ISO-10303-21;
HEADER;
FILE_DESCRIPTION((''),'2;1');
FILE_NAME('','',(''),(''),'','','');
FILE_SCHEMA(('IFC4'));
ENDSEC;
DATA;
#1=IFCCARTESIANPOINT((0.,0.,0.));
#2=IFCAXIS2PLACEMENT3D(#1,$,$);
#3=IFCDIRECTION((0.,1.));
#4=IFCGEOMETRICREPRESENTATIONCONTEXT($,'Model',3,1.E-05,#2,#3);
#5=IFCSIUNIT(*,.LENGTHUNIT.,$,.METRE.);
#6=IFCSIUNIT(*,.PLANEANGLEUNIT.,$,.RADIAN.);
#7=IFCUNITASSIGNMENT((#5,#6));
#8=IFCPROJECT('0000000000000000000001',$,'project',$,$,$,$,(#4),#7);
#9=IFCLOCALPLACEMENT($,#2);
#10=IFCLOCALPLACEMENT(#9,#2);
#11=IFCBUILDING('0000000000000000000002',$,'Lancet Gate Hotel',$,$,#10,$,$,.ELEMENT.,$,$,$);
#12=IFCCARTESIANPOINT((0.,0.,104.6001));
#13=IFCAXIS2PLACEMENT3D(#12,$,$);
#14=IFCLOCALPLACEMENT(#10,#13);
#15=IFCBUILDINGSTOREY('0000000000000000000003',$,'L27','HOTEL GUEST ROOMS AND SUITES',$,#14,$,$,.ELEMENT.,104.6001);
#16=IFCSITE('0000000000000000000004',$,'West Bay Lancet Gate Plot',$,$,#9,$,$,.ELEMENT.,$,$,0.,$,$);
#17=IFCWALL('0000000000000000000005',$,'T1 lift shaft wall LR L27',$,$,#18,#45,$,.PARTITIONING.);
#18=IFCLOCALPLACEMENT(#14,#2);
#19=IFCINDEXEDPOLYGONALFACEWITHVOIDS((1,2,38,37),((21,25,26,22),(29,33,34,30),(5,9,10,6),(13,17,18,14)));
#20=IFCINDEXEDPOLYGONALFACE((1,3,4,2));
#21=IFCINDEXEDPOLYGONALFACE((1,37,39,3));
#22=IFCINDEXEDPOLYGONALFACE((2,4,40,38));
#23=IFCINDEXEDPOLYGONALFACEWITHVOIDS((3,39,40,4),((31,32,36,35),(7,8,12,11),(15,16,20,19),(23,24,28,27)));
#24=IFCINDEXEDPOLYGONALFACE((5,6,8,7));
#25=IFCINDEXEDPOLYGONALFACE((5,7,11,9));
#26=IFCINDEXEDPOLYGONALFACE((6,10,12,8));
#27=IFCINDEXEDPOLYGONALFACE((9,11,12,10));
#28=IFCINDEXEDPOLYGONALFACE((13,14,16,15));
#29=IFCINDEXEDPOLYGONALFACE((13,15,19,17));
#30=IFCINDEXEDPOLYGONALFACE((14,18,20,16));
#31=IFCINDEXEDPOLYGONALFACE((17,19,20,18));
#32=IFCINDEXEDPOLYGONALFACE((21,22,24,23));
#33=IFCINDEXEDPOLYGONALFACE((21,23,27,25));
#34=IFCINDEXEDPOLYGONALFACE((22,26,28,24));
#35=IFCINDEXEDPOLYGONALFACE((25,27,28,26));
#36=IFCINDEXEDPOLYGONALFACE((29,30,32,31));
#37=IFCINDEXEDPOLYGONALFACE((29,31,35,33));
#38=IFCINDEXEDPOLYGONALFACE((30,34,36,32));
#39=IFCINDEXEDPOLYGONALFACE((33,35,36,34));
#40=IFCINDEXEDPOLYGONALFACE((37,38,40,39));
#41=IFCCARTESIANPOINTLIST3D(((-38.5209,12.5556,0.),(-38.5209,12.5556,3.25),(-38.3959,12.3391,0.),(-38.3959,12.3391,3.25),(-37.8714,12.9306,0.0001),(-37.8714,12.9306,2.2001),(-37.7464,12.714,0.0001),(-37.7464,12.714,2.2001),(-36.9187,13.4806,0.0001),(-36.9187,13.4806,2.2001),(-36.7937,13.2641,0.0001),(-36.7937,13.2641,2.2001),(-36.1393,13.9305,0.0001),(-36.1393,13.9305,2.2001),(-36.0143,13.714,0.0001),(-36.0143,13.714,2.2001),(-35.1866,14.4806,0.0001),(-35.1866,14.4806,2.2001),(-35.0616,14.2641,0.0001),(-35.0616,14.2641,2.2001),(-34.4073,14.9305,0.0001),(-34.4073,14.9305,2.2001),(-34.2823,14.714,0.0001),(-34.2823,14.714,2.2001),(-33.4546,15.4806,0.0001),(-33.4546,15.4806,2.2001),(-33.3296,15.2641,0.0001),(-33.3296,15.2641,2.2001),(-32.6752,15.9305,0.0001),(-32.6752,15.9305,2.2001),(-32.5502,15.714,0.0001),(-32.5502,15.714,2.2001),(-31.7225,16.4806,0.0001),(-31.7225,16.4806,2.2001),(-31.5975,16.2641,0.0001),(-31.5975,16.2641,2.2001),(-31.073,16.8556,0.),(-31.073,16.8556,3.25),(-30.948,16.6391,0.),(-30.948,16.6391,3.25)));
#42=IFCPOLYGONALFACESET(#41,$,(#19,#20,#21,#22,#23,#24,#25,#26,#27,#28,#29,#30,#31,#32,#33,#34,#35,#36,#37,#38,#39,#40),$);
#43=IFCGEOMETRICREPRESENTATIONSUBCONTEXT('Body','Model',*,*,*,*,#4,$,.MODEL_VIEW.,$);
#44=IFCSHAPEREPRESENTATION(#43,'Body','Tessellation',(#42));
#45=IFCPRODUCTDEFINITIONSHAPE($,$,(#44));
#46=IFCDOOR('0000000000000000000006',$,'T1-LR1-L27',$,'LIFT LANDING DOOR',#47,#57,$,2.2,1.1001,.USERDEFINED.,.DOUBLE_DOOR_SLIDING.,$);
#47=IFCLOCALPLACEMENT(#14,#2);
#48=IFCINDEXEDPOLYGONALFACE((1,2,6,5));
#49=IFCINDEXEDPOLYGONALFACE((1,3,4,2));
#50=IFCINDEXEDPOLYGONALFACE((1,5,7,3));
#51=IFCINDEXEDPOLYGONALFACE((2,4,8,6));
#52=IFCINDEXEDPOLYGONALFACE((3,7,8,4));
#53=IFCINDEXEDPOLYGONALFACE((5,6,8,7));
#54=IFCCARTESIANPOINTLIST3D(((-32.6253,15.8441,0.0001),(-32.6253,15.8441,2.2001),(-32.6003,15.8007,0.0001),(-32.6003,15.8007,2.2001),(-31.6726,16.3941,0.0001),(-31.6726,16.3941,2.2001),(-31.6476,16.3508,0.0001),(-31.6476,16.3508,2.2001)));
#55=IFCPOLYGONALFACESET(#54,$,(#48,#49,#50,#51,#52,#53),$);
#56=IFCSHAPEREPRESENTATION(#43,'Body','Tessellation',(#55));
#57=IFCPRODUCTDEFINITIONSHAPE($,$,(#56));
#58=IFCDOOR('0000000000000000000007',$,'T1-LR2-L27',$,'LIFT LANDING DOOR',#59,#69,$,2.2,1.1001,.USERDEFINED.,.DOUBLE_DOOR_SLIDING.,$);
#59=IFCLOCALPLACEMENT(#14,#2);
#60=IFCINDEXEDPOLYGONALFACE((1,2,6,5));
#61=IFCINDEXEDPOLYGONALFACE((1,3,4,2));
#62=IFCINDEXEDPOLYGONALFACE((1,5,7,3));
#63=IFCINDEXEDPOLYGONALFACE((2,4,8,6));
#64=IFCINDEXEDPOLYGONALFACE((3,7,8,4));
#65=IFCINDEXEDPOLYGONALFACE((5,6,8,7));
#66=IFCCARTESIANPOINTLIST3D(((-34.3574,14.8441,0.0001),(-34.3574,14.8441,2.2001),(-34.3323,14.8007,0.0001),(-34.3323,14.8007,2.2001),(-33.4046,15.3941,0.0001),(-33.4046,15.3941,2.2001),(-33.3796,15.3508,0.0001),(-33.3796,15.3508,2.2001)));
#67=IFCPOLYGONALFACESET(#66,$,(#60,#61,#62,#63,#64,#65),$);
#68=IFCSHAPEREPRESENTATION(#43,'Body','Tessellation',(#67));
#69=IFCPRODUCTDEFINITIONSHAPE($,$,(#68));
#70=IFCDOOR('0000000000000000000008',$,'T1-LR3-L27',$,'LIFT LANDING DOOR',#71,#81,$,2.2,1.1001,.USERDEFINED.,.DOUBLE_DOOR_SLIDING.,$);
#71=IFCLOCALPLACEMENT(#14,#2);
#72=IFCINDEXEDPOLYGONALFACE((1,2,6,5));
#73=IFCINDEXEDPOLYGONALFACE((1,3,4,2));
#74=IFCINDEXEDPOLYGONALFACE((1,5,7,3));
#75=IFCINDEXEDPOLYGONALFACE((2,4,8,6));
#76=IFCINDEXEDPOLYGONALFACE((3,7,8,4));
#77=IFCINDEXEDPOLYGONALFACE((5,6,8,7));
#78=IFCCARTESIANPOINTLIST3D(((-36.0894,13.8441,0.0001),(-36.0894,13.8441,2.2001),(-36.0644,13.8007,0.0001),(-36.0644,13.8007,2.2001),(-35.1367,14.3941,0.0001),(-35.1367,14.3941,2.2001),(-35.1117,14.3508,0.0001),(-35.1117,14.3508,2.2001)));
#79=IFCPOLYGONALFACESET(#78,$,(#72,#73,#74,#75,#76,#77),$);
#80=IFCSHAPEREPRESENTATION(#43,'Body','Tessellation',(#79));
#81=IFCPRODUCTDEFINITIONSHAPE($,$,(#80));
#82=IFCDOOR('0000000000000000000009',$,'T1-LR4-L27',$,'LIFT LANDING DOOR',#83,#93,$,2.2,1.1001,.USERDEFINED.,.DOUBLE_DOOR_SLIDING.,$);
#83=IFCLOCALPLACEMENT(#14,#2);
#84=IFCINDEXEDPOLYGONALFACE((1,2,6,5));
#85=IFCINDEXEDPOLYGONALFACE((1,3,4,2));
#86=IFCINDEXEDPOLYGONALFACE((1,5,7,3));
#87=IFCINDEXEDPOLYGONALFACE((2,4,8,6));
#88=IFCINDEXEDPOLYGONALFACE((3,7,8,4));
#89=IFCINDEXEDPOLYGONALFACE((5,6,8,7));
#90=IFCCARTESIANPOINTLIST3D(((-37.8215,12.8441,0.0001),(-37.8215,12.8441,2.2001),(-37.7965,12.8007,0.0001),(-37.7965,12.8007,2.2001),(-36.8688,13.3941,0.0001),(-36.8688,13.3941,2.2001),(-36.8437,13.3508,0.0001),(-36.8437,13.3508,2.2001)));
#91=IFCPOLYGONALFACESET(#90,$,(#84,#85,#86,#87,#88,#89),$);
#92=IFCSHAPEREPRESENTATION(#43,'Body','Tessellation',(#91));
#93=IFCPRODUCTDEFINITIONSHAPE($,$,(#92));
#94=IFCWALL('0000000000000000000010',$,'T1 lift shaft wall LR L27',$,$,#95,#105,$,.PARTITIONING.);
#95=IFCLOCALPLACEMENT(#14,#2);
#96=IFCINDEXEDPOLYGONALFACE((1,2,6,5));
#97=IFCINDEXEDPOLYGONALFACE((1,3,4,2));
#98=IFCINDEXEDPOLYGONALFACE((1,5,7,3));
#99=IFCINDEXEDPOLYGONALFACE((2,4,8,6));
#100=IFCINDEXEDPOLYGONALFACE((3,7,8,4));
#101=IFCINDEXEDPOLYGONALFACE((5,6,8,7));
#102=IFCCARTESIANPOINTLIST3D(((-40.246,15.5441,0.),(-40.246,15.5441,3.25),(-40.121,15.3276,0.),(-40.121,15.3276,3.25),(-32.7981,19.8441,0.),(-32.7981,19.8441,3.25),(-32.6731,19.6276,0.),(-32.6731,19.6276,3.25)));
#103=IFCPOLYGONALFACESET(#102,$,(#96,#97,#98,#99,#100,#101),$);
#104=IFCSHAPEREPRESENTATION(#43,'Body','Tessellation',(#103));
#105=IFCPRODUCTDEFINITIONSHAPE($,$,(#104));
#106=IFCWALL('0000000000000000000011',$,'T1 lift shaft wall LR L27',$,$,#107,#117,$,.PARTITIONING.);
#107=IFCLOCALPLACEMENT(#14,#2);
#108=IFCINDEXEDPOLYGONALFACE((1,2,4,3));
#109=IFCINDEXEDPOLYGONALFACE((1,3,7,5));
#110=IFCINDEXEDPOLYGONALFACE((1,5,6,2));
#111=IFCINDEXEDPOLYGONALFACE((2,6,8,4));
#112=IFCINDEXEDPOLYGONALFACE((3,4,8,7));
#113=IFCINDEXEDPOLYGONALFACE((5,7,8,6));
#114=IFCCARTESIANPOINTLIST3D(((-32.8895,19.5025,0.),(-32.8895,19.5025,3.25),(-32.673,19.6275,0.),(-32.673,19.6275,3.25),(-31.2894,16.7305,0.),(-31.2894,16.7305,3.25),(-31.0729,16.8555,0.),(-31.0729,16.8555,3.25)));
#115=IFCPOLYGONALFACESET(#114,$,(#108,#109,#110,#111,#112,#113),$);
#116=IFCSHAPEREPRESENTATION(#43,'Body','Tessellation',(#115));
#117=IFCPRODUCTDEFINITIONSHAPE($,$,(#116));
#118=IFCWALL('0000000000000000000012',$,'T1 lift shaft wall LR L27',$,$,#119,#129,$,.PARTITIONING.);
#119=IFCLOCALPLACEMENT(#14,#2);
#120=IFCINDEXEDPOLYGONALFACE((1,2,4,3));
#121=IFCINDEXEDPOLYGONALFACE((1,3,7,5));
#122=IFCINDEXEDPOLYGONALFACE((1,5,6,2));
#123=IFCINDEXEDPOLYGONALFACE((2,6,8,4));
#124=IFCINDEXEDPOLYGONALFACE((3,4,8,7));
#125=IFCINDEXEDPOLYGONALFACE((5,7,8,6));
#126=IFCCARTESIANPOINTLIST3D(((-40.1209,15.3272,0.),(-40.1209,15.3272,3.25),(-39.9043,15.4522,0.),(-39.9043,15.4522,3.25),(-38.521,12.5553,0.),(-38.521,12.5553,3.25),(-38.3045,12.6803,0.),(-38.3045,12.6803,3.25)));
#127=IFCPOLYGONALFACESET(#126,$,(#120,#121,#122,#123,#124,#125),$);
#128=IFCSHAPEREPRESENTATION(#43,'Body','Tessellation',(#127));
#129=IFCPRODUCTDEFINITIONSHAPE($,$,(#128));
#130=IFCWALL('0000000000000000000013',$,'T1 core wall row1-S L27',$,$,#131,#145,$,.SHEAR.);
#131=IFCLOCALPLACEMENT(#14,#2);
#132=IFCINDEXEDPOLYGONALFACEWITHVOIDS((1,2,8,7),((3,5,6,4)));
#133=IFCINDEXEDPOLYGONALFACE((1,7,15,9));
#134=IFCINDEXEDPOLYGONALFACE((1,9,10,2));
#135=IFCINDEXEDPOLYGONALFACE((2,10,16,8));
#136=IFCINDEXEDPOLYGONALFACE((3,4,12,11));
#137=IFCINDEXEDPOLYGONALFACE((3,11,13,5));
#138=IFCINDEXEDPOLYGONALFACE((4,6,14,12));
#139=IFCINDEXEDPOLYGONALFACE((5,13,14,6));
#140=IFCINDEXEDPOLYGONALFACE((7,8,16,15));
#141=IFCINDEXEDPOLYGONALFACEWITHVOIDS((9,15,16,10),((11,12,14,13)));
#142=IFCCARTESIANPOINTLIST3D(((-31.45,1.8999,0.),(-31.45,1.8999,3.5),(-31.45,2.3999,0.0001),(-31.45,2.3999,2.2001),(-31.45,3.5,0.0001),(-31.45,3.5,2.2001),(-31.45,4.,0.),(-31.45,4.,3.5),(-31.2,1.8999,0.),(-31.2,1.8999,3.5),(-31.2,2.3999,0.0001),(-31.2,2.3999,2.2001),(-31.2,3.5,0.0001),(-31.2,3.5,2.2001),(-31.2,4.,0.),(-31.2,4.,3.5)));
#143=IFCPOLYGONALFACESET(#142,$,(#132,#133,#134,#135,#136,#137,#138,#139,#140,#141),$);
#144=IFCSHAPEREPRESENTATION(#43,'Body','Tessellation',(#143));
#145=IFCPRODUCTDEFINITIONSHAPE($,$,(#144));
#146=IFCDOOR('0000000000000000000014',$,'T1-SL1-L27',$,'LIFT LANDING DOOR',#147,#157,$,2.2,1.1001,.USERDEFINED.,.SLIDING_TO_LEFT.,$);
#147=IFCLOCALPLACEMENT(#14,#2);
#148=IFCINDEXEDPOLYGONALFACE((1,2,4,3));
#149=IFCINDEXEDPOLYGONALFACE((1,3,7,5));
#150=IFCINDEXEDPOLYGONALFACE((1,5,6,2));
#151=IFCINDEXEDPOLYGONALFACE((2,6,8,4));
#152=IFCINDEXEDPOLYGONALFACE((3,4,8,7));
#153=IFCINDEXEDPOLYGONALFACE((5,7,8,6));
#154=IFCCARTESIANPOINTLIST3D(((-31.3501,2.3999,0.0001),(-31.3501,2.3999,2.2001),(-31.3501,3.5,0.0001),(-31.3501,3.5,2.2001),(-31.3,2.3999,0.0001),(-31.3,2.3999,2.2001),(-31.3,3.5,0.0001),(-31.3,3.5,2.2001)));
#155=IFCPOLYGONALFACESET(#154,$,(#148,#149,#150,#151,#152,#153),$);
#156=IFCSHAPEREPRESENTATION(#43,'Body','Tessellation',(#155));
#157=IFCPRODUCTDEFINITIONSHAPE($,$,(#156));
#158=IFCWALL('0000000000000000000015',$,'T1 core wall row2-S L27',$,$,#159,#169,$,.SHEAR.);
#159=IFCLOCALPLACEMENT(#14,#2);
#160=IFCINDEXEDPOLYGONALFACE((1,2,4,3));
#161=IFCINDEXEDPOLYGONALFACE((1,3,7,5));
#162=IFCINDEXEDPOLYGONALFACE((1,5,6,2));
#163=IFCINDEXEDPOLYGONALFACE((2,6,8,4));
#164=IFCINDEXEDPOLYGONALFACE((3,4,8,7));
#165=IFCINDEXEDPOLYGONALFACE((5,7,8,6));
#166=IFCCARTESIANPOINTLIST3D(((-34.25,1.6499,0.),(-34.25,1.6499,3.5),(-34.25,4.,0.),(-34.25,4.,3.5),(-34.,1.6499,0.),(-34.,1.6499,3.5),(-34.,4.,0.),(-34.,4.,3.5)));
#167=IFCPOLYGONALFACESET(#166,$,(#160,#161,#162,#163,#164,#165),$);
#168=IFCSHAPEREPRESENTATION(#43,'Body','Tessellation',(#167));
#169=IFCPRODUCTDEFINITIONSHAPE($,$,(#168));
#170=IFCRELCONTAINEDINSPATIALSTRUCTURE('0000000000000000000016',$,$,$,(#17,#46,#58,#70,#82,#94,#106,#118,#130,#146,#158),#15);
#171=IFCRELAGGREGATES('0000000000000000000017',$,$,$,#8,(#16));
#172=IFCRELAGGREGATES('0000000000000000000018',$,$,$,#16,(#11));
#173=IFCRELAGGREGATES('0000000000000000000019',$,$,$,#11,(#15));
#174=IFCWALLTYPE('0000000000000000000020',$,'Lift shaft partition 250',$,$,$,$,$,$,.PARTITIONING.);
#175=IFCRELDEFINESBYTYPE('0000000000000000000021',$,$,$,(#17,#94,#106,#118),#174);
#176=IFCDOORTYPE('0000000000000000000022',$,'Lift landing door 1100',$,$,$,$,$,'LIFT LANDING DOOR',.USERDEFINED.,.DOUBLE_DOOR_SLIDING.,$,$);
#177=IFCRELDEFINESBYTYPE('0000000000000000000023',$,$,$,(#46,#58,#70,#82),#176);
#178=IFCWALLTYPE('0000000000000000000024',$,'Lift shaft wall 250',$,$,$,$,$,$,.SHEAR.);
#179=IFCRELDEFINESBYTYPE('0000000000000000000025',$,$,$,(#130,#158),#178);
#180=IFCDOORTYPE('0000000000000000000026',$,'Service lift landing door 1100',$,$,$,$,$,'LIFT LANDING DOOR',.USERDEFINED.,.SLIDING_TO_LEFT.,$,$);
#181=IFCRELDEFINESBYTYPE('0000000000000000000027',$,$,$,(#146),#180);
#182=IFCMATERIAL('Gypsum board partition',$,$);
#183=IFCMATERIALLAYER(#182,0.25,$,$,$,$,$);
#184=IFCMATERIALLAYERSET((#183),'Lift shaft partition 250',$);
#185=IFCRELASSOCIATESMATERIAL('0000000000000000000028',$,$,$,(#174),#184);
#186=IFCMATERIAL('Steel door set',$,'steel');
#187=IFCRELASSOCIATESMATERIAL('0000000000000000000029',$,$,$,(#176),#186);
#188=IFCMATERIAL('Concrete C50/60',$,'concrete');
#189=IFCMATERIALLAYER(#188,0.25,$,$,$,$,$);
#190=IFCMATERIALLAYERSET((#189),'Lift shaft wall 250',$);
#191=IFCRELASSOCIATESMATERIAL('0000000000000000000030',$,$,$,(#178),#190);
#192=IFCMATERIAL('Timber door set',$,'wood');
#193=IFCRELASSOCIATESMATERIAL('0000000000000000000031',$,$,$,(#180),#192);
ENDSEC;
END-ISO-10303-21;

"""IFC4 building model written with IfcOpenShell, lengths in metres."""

from ifc_helpers import new_model, si_unit, direction, frame, frame_2d, origin, place, context, subcontext, project, spatial, rectangle, extrude, material, layer, layer_set, type_object, element, fill, save


model = new_model("IFC4")

# Units and contexts
model_context = context("Model", 3, precision=1e-05, world=origin(), true_north=direction((0.0, 1.0)))
body_context = subcontext(model_context, "Body", "Model", "MODEL_VIEW")
ifc_project = project(units=[si_unit("LENGTHUNIT", "METRE"), si_unit("PLANEANGLEUNIT", "RADIAN")], contexts=[model_context])

# Site, building, storey
site_placement = place(None, origin())
site = spatial("IfcSite", under=ifc_project, at=site_placement, Name="West Bay Lancet Gate Plot", CompositionType="ELEMENT", RefElevation=0.0)
building_placement = place(site_placement, origin())
building = spatial("IfcBuilding", under=site, at=building_placement, Name="Lancet Gate Hotel", CompositionType="ELEMENT")
storey_placement = place(building_placement, frame((0.0, 0.0, 104.6001)))
storey = spatial("IfcBuildingStorey", under=building, at=storey_placement, Name="L27", Description="HOTEL GUEST ROOMS AND SUITES", CompositionType="ELEMENT", Elevation=104.6001)

# Wall, openings, doors
ifc_material_1 = material(Name="Gypsum board partition")
ifc_layer_1 = layer(ifc_material_1, 0.25)
ifc_layer_set_1 = layer_set([ifc_layer_1], Name="Lift shaft partition 250")
wall_type_1 = type_object("IfcWallType", Name="Lift shaft partition 250", PredefinedType="PARTITIONING", material=ifc_layer_set_1)
wall_1_placement = place(storey_placement, frame((-31.0105, 16.7473, 0.0), z_axis=(0.0, 0.0, 1.0), x_axis=(-0.866028, -0.499995, 0.0)))
wall_1 = element("IfcWall", 1, at=wall_1_placement, inside=storey, type_object=wall_type_1, Name="T1 lift shaft wall LR L27", PredefinedType="PARTITIONING", context=body_context, shape_type="SweptSolid", body=[
    extrude(rectangle(XDim=8.6001, YDim=0.25, at=frame_2d((4.3, 0.0))), origin(), (0.0, 0.0, 1.0), 3.25),
])
opening_1_placement = place(wall_1_placement, frame((0.75, 0.0, 0.0)))
opening_1 = element("IfcOpeningElement", 2, at=opening_1_placement, cuts=wall_1, PredefinedType="OPENING", context=body_context, shape_type="SweptSolid", body=[
    extrude(rectangle(XDim=1.1001, YDim=2.2, at=frame_2d((0.55, 1.1001))), frame((0.0, 0.135, 0.0), z_axis=(0.0, -1.0, 0.0), x_axis=(1.0, 0.0, 0.0)), (0.0, 0.0, 1.0), 0.27),
])
opening_2_placement = place(wall_1_placement, frame((2.75, 0.0, 0.0)))
opening_2 = element("IfcOpeningElement", 3, at=opening_2_placement, cuts=wall_1, PredefinedType="OPENING", context=body_context, shape_type="SweptSolid", body=[
    extrude(rectangle(XDim=1.1001, YDim=2.2, at=frame_2d((0.55, 1.1001))), frame((0.0, 0.135, 0.0), z_axis=(0.0, -1.0, 0.0), x_axis=(1.0, 0.0, 0.0)), (0.0, 0.0, 1.0), 0.27),
])
opening_3_placement = place(wall_1_placement, frame((4.75, 0.0, 0.0)))
opening_3 = element("IfcOpeningElement", 4, at=opening_3_placement, cuts=wall_1, PredefinedType="OPENING", context=body_context, shape_type="SweptSolid", body=[
    extrude(rectangle(XDim=1.1001, YDim=2.2, at=frame_2d((0.55, 1.1001))), frame((0.0, 0.135, 0.0), z_axis=(0.0, -1.0, 0.0), x_axis=(1.0, 0.0, 0.0)), (0.0, 0.0, 1.0), 0.27),
])
opening_4_placement = place(wall_1_placement, frame((6.75, 0.0, 0.0)))
opening_4 = element("IfcOpeningElement", 5, at=opening_4_placement, cuts=wall_1, PredefinedType="OPENING", context=body_context, shape_type="SweptSolid", body=[
    extrude(rectangle(XDim=1.1001, YDim=2.2, at=frame_2d((0.55, 1.1001))), frame((0.0, 0.135, 0.0), z_axis=(0.0, -1.0, 0.0), x_axis=(1.0, 0.0, 0.0)), (0.0, 0.0, 1.0), 0.27),
])
ifc_material_2 = material(Name="Steel door set", Category="steel")
door_type_1 = type_object("IfcDoorType", Name="Lift landing door 1100", ElementType="LIFT LANDING DOOR", OperationType="DOUBLE_DOOR_SLIDING", PredefinedType="USERDEFINED", material=ifc_material_2)
door_1_placement = place(opening_1_placement, origin())
door_1 = element("IfcDoor", 6, at=door_1_placement, inside=storey, type_object=door_type_1, Name="T1-LR1-L27", ObjectType="LIFT LANDING DOOR", OperationType="DOUBLE_DOOR_SLIDING", OverallHeight=2.2, OverallWidth=1.1001, PredefinedType="USERDEFINED", context=body_context, shape_type="SweptSolid", body=[
    extrude(rectangle(XDim=1.1001, YDim=2.2, at=frame_2d((0.55, 1.1001))), frame((0.0, 0.0249, 0.0), z_axis=(0.0, -1.0, 0.0), x_axis=(1.0, 0.0, 0.0)), (0.0, 0.0, 1.0), 0.05),
])
fill(opening_1, door_1)
door_2_placement = place(opening_2_placement, origin())
door_2 = element("IfcDoor", 7, at=door_2_placement, inside=storey, type_object=door_type_1, Name="T1-LR2-L27", ObjectType="LIFT LANDING DOOR", OperationType="DOUBLE_DOOR_SLIDING", OverallHeight=2.2, OverallWidth=1.1001, PredefinedType="USERDEFINED", context=body_context, shape_type="SweptSolid", body=[
    extrude(rectangle(XDim=1.1001, YDim=2.2, at=frame_2d((0.55, 1.1001))), frame((0.0, 0.0249, 0.0), z_axis=(0.0, -1.0, 0.0), x_axis=(1.0, 0.0, 0.0)), (0.0, 0.0, 1.0), 0.05),
])
fill(opening_2, door_2)
door_3_placement = place(opening_3_placement, origin())
door_3 = element("IfcDoor", 8, at=door_3_placement, inside=storey, type_object=door_type_1, Name="T1-LR3-L27", ObjectType="LIFT LANDING DOOR", OperationType="DOUBLE_DOOR_SLIDING", OverallHeight=2.2, OverallWidth=1.1001, PredefinedType="USERDEFINED", context=body_context, shape_type="SweptSolid", body=[
    extrude(rectangle(XDim=1.1001, YDim=2.2, at=frame_2d((0.55, 1.1001))), frame((0.0, 0.0249, 0.0), z_axis=(0.0, -1.0, 0.0), x_axis=(1.0, 0.0, 0.0)), (0.0, 0.0, 1.0), 0.05),
])
fill(opening_3, door_3)
door_4_placement = place(opening_4_placement, origin())
door_4 = element("IfcDoor", 9, at=door_4_placement, inside=storey, type_object=door_type_1, Name="T1-LR4-L27", ObjectType="LIFT LANDING DOOR", OperationType="DOUBLE_DOOR_SLIDING", OverallHeight=2.2, OverallWidth=1.1001, PredefinedType="USERDEFINED", context=body_context, shape_type="SweptSolid", body=[
    extrude(rectangle(XDim=1.1001, YDim=2.2, at=frame_2d((0.55, 1.1001))), frame((0.0, 0.0249, 0.0), z_axis=(0.0, -1.0, 0.0), x_axis=(1.0, 0.0, 0.0)), (0.0, 0.0, 1.0), 0.05),
])
fill(opening_4, door_4)

# Walls
wall_2_placement = place(storey_placement, frame((-32.7356, 19.7358, 0.0), z_axis=(0.0, 0.0, 1.0), x_axis=(-0.866028, -0.499995, 0.0)))
element("IfcWall", 10, at=wall_2_placement, inside=storey, type_object=wall_type_1, Name="T1 lift shaft wall LR L27", PredefinedType="PARTITIONING", context=body_context, shape_type="SweptSolid", body=[
    extrude(rectangle(XDim=8.6001, YDim=0.25, at=frame_2d((4.3, 0.0))), origin(), (0.0, 0.0, 1.0), 3.25),
])
wall_3_placement = place(storey_placement, frame((-31.1812, 16.793, 0.0), z_axis=(0.0, 0.0, 1.0), x_axis=(-0.499929, 0.866066, 0.0)))
element("IfcWall", 11, at=wall_3_placement, inside=storey, type_object=wall_type_1, Name="T1 lift shaft wall LR L27", PredefinedType="PARTITIONING", context=body_context, shape_type="SweptSolid", body=[
    extrude(rectangle(XDim=3.2007, YDim=0.25, at=frame_2d((1.6003, 0.0))), origin(), (0.0, 0.0, 1.0), 3.25),
])
wall_4_placement = place(storey_placement, frame((-38.4128, 12.6179, 0.0), z_axis=(0.0, 0.0, 1.0), x_axis=(-0.499872, 0.866099, 0.0)))
element("IfcWall", 12, at=wall_4_placement, inside=storey, type_object=wall_type_1, Name="T1 lift shaft wall LR L27", PredefinedType="PARTITIONING", context=body_context, shape_type="SweptSolid", body=[
    extrude(rectangle(XDim=3.2004, YDim=0.25, at=frame_2d((1.6001, 0.0))), origin(), (0.0, 0.0, 1.0), 3.25),
])

# Wall, opening, door
ifc_material_3 = material(Name="Concrete C50/60", Category="concrete")
ifc_layer_2 = layer(ifc_material_3, 0.25)
ifc_layer_set_2 = layer_set([ifc_layer_2], Name="Lift shaft wall 250")
wall_type_2 = type_object("IfcWallType", Name="Lift shaft wall 250", PredefinedType="SHEAR", material=ifc_layer_set_2)
wall_5_placement = place(storey_placement, frame((-31.325, 4.0, 0.0), z_axis=(0.0, 0.0, 1.0), x_axis=(0.0, -1.0, 0.0)))
wall_5 = element("IfcWall", 13, at=wall_5_placement, inside=storey, type_object=wall_type_2, Name="T1 core wall row1-S L27", PredefinedType="SHEAR", context=body_context, shape_type="SweptSolid", body=[
    extrude(rectangle(XDim=2.1001, YDim=0.25, at=frame_2d((1.05, 0.0))), origin(), (0.0, 0.0, 1.0), 3.5),
])
opening_5_placement = place(wall_5_placement, frame((0.5, 0.0, 0.0)))
opening_5 = element("IfcOpeningElement", 14, at=opening_5_placement, cuts=wall_5, PredefinedType="OPENING", context=body_context, shape_type="SweptSolid", body=[
    extrude(rectangle(XDim=1.1001, YDim=2.2, at=frame_2d((0.55, 1.1001))), frame((0.0, 0.135, 0.0), z_axis=(0.0, -1.0, 0.0), x_axis=(1.0, 0.0, 0.0)), (0.0, 0.0, 1.0), 0.27),
])
ifc_material_4 = material(Name="Timber door set", Category="wood")
door_type_2 = type_object("IfcDoorType", Name="Service lift landing door 1100", ElementType="LIFT LANDING DOOR", OperationType="SLIDING_TO_LEFT", PredefinedType="USERDEFINED", material=ifc_material_4)
door_5_placement = place(opening_5_placement, origin())
door_5 = element("IfcDoor", 15, at=door_5_placement, inside=storey, type_object=door_type_2, Name="T1-SL1-L27", ObjectType="LIFT LANDING DOOR", OperationType="SLIDING_TO_LEFT", OverallHeight=2.2, OverallWidth=1.1001, PredefinedType="USERDEFINED", context=body_context, shape_type="SweptSolid", body=[
    extrude(rectangle(XDim=1.1001, YDim=2.2, at=frame_2d((0.55, 1.1001))), frame((0.0, 0.0249, 0.0), z_axis=(0.0, -1.0, 0.0), x_axis=(1.0, 0.0, 0.0)), (0.0, 0.0, 1.0), 0.05),
])
fill(opening_5, door_5)

# Wall
wall_6_placement = place(storey_placement, frame((-34.125, 4.0, 0.0), z_axis=(0.0, 0.0, 1.0), x_axis=(0.0, -1.0, 0.0)))
element("IfcWall", 16, at=wall_6_placement, inside=storey, type_object=wall_type_2, Name="T1 core wall row2-S L27", PredefinedType="SHEAR", context=body_context, shape_type="SweptSolid", body=[
    extrude(rectangle(XDim=2.3501, YDim=0.25, at=frame_2d((1.175, 0.0))), origin(), (0.0, 0.0, 1.0), 3.5),
])

save(model, "model.ifc")
